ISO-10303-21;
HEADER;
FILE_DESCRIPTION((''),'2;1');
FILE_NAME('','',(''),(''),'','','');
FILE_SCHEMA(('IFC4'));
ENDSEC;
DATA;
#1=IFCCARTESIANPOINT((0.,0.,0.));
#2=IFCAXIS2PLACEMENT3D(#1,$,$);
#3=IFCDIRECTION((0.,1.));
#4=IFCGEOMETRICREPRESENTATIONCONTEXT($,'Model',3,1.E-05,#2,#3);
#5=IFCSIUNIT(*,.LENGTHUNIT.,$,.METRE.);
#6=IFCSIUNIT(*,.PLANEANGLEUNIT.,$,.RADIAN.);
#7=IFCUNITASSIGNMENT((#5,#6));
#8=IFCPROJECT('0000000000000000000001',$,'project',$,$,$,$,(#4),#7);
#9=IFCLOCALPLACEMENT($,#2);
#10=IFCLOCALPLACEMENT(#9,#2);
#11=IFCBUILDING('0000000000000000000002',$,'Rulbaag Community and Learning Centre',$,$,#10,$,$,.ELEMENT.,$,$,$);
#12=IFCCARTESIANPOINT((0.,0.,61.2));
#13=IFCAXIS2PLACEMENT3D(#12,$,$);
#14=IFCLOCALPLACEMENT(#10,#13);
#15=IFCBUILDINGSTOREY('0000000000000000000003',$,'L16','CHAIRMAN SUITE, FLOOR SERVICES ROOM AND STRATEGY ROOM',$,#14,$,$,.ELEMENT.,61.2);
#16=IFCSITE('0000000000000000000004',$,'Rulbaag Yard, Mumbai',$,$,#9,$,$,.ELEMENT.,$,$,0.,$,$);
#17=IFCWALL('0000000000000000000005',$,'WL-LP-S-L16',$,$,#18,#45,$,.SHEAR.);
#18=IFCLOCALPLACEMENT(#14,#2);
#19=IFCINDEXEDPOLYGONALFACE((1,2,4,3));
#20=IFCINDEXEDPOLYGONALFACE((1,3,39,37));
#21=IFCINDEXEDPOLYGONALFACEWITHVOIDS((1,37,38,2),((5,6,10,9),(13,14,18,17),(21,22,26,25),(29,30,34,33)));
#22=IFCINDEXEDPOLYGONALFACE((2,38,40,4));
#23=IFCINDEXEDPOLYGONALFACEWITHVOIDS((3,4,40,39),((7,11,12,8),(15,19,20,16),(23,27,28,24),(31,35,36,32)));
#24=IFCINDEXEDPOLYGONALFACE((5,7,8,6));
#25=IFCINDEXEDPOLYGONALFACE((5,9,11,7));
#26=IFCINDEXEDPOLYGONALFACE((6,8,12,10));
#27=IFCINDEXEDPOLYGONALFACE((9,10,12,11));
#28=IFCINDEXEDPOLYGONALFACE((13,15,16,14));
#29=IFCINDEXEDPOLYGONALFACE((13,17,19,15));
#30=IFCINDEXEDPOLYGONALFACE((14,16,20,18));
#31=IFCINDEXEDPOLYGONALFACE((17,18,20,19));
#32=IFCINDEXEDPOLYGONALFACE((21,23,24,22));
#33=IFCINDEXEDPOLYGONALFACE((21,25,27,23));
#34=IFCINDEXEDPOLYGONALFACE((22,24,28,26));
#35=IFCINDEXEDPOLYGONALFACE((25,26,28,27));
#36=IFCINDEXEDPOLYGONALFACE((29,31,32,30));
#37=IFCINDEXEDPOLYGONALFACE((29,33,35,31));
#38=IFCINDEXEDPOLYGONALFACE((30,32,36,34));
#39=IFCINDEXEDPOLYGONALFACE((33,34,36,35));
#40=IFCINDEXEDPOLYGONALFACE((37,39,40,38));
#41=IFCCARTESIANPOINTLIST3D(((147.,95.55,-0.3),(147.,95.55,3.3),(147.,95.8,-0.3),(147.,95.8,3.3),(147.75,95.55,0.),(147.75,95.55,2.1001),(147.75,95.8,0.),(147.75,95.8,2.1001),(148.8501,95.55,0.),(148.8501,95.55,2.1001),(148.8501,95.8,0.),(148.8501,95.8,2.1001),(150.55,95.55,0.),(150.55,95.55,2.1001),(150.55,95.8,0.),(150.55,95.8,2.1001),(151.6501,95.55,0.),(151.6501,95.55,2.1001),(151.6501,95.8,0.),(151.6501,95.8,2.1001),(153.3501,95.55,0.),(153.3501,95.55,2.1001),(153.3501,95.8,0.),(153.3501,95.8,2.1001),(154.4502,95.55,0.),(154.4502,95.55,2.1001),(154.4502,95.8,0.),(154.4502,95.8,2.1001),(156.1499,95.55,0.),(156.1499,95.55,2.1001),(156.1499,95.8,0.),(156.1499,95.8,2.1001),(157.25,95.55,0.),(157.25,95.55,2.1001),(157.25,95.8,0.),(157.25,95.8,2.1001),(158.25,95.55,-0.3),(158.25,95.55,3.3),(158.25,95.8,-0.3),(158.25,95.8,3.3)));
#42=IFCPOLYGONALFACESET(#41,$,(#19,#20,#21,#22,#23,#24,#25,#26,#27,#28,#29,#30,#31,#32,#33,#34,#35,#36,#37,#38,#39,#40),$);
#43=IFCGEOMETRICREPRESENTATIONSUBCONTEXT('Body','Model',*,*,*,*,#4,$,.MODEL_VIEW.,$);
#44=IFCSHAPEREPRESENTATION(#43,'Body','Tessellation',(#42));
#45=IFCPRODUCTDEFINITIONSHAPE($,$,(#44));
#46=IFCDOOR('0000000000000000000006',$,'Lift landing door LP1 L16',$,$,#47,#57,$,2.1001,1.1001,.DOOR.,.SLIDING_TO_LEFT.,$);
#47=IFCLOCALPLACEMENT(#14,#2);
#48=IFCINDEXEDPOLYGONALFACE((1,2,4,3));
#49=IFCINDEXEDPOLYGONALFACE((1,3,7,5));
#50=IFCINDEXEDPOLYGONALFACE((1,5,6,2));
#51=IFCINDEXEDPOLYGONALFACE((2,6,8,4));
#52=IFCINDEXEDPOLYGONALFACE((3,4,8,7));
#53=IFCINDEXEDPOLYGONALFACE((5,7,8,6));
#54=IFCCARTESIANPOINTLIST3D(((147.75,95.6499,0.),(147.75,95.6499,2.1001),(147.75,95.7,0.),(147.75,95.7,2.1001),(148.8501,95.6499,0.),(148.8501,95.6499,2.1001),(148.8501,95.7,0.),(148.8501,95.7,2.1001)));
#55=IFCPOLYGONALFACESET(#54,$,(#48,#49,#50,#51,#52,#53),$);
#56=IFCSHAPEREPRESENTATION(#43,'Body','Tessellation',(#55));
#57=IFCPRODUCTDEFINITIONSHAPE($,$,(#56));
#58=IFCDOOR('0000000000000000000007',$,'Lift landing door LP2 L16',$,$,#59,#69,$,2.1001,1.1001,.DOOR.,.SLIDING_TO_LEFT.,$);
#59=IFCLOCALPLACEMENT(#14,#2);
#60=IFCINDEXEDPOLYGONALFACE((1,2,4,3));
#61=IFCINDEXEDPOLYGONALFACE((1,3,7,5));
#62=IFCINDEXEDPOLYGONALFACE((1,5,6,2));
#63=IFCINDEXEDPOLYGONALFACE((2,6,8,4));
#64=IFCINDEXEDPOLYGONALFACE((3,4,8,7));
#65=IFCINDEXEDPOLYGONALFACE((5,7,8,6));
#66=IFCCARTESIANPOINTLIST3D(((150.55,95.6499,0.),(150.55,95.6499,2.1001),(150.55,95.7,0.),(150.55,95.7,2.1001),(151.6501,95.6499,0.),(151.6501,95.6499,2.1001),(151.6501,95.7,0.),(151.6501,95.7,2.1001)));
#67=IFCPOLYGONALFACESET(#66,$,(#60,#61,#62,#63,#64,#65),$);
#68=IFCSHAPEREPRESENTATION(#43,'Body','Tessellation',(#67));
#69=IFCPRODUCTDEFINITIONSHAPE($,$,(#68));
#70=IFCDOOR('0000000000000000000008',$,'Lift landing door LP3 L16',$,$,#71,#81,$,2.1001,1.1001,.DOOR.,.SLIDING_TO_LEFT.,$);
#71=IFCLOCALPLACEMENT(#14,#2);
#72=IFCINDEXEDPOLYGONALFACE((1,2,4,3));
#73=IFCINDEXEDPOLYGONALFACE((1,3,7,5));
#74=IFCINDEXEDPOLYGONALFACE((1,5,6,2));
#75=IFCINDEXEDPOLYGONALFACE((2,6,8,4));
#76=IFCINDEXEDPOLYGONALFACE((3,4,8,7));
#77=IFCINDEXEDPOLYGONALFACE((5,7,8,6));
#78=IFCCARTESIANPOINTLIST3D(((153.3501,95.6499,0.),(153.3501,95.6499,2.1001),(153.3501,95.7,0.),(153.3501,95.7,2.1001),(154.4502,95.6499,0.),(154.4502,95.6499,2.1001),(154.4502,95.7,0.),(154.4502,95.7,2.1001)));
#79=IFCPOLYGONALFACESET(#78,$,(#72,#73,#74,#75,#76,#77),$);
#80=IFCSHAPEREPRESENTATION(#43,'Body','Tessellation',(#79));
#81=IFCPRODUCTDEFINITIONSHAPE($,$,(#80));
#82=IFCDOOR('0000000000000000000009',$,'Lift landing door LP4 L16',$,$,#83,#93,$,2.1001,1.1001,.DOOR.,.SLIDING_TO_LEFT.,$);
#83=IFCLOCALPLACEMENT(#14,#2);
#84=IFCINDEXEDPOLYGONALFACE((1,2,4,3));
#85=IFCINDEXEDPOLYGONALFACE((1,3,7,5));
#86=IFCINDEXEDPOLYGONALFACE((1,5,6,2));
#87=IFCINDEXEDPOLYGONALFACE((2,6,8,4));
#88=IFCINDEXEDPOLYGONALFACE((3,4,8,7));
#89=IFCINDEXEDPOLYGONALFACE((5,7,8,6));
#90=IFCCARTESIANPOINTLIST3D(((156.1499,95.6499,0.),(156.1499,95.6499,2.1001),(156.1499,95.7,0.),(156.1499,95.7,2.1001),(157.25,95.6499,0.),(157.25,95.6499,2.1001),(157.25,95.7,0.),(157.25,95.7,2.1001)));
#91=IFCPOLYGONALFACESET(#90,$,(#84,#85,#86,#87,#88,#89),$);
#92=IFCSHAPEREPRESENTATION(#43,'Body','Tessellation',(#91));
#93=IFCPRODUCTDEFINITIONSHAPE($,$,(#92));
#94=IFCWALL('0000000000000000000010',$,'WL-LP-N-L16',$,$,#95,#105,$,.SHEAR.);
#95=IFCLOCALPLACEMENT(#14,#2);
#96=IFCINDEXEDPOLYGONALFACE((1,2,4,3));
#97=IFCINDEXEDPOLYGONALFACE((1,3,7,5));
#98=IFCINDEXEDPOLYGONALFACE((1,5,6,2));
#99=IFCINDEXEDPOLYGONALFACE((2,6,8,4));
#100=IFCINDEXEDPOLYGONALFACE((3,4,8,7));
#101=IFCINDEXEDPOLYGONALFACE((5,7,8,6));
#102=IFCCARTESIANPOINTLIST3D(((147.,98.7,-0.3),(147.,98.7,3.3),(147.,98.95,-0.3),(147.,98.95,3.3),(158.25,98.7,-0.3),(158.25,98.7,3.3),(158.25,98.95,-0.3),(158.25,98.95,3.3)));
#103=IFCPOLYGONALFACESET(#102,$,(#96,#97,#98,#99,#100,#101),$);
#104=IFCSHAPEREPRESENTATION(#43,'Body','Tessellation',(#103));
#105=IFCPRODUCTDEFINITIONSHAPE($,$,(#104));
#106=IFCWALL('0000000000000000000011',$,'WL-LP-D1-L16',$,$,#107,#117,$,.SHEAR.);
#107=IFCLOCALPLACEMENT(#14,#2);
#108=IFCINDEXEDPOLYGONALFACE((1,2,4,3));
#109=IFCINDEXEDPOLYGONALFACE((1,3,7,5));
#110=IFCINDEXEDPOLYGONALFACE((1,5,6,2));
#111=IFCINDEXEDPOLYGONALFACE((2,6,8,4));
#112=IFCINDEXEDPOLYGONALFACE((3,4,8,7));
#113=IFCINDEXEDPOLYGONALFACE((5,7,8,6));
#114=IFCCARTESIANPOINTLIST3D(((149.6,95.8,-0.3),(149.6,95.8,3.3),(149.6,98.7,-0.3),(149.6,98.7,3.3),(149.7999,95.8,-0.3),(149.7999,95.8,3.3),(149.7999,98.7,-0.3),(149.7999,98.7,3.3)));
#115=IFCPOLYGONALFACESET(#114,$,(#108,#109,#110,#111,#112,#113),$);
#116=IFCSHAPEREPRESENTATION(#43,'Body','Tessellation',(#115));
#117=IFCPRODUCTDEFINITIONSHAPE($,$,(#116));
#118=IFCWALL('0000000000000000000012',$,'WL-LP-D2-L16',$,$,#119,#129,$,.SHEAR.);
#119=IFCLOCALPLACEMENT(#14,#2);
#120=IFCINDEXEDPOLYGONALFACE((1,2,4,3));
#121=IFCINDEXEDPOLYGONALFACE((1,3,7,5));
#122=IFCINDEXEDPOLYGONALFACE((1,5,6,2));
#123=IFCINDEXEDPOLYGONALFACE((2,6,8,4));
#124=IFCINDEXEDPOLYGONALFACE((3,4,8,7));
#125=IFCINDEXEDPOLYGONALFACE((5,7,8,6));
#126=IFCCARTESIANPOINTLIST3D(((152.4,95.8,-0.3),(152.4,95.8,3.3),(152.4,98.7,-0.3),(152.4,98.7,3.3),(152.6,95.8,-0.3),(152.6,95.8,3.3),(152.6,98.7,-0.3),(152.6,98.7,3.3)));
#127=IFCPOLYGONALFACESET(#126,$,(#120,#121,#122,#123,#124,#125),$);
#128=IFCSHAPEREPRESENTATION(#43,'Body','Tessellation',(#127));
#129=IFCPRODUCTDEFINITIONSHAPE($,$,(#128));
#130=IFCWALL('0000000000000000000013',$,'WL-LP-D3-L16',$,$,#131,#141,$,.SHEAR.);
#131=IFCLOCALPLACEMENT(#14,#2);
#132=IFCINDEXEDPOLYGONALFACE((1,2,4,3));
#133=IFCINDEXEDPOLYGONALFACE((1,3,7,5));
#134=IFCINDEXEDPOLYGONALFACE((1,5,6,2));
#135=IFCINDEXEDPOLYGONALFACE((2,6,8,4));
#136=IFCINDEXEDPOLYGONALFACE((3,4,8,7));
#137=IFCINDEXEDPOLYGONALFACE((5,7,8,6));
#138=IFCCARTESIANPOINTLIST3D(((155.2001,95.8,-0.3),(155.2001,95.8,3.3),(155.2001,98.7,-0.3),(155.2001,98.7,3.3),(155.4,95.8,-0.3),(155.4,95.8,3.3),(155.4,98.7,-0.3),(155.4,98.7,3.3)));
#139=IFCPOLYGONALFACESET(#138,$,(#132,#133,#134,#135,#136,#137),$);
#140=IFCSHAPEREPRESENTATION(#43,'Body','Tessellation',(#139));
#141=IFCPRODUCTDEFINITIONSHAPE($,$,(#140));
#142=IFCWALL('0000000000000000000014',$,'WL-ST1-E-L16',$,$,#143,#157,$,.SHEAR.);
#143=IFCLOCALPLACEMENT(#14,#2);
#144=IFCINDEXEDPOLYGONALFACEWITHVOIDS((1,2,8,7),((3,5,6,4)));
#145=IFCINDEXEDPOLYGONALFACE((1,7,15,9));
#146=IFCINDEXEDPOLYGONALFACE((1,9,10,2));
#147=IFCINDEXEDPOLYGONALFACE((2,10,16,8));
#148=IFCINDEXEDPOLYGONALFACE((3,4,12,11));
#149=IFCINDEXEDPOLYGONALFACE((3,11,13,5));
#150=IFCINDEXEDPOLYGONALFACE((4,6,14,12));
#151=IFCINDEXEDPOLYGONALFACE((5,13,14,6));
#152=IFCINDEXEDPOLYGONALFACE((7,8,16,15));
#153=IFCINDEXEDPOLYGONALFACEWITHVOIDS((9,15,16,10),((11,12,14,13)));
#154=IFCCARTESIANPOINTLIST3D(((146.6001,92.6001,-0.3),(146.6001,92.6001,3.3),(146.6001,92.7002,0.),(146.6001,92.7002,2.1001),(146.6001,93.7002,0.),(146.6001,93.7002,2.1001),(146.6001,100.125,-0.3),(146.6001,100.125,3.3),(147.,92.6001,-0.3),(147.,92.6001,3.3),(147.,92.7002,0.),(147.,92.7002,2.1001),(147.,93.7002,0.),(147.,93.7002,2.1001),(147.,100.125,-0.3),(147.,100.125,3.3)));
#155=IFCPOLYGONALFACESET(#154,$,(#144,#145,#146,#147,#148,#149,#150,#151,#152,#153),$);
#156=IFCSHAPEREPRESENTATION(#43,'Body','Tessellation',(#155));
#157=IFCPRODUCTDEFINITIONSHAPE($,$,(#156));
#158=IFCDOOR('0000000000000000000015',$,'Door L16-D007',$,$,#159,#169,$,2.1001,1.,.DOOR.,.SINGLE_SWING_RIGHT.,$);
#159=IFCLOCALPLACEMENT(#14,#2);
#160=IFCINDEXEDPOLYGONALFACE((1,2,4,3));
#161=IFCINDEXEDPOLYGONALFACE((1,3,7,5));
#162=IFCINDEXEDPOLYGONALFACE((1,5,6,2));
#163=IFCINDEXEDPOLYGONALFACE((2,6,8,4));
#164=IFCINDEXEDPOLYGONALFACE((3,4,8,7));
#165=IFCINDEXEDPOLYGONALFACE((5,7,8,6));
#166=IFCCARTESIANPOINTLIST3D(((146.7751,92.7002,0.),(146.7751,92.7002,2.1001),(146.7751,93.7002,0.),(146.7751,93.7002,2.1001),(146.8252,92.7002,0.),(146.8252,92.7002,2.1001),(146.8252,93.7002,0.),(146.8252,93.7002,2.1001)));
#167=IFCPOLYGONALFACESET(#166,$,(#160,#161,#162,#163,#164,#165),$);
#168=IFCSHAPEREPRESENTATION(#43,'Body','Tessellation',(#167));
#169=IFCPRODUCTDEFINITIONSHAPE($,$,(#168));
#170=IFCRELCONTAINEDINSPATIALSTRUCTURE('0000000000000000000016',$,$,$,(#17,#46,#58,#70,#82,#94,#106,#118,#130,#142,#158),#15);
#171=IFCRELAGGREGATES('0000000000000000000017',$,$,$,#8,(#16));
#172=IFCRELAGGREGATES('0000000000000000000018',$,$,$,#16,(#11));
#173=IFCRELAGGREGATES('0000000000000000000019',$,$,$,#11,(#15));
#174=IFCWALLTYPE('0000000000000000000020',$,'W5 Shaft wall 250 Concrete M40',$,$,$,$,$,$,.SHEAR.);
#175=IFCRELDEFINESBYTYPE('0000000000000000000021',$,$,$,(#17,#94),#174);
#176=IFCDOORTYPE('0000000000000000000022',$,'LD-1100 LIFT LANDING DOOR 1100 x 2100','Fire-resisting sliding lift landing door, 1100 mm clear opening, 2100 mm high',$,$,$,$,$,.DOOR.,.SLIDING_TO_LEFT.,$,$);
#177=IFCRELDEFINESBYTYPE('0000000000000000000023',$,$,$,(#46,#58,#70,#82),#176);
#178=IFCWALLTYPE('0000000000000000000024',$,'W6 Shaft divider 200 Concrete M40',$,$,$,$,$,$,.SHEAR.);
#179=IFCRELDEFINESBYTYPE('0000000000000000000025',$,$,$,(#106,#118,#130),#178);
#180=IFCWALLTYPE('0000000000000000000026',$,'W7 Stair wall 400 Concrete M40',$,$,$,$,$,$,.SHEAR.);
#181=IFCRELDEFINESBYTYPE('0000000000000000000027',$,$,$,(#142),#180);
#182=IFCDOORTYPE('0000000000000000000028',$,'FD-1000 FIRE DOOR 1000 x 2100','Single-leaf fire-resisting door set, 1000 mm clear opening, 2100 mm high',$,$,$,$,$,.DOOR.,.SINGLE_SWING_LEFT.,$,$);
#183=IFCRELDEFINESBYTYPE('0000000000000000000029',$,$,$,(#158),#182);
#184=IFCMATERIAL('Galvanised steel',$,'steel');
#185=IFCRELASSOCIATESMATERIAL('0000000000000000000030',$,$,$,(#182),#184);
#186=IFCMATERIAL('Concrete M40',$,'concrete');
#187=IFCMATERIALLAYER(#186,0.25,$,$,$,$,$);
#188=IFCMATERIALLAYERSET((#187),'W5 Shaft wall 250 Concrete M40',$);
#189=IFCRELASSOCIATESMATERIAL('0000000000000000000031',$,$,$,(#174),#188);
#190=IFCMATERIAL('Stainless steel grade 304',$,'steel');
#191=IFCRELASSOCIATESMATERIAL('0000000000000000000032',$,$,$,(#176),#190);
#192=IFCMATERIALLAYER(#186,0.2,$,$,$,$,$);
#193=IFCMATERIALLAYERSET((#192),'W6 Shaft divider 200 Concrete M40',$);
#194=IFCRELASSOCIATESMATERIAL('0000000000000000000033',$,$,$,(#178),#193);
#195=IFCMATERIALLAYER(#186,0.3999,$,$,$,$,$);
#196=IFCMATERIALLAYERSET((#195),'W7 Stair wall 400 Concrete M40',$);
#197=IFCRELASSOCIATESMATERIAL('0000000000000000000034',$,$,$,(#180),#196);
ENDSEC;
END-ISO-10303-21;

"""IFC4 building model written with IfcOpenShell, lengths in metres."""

from ifc_helpers import new_model, si_unit, direction, frame, frame_2d, origin, place, context, subcontext, project, spatial, rectangle, extrude, material, layer, layer_set, type_object, element, fill, save


model = new_model("IFC4")

# Units and contexts
model_context = context("Model", 3, precision=1e-05, world=origin(), true_north=direction((0.0, 1.0)))
body_context = subcontext(model_context, "Body", "Model", "MODEL_VIEW")
ifc_project = project(units=[si_unit("LENGTHUNIT", "METRE"), si_unit("PLANEANGLEUNIT", "RADIAN")], contexts=[model_context])

# Site, building, storey
site_placement = place(None, origin())
site = spatial("IfcSite", under=ifc_project, at=site_placement, Name="Rulbaag Yard, Mumbai", CompositionType="ELEMENT", RefElevation=0.0)
building_placement = place(site_placement, origin())
building = spatial("IfcBuilding", under=site, at=building_placement, Name="Rulbaag Community and Learning Centre", CompositionType="ELEMENT")
storey_placement = place(building_placement, frame((0.0, 0.0, 61.2)))
storey = spatial("IfcBuildingStorey", under=building, at=storey_placement, Name="L16", Description="CHAIRMAN SUITE, FLOOR SERVICES ROOM AND STRATEGY ROOM", CompositionType="ELEMENT", Elevation=61.2)

# Shared definitions
ifc_material_1 = material(Name="Concrete M40", Category="concrete")

# Shared definitions
ifc_material_2 = material(Name="Galvanised steel", Category="steel")
door_type_1 = type_object("IfcDoorType", Name="FD-1000 FIRE DOOR 1000 x 2100", Description="Single-leaf fire-resisting door set, 1000 mm clear opening, 2100 mm high", OperationType="SINGLE_SWING_LEFT", PredefinedType="DOOR", material=ifc_material_2)

# Wall, openings, doors
ifc_layer_1 = layer(ifc_material_1, 0.25)
ifc_layer_set_1 = layer_set([ifc_layer_1], Name="W5 Shaft wall 250 Concrete M40")
wall_type_1 = type_object("IfcWallType", Name="W5 Shaft wall 250 Concrete M40", PredefinedType="SHEAR", material=ifc_layer_set_1)
wall_1_placement = place(storey_placement, frame((147.0, 95.675, -0.3), z_axis=(0.0, 0.0, 1.0), x_axis=(1.0, 0.0, 0.0)))
wall_1 = element("IfcWall", 1, at=wall_1_placement, inside=storey, type_object=wall_type_1, Name="WL-LP-S-L16", PredefinedType="SHEAR", context=body_context, shape_type="SweptSolid", body=[
    extrude(rectangle(XDim=11.25, YDim=0.25, at=frame_2d((5.625, 0.0))), origin(), (0.0, 0.0, 1.0), 3.6001),
])
opening_1_placement = place(wall_1_placement, frame((0.75, 0.0, 0.3)))
opening_1 = element("IfcOpeningElement", 2, at=opening_1_placement, cuts=wall_1, PredefinedType="OPENING", context=body_context, shape_type="SweptSolid", body=[
    extrude(rectangle(XDim=1.1001, YDim=2.1001, at=frame_2d((0.55, 1.05))), frame((0.0, 0.135, 0.0), z_axis=(0.0, -1.0, 0.0), x_axis=(1.0, 0.0, 0.0)), (0.0, 0.0, 1.0), 0.27),
])
opening_2_placement = place(wall_1_placement, frame((3.55, 0.0, 0.3)))
opening_2 = element("IfcOpeningElement", 3, at=opening_2_placement, cuts=wall_1, PredefinedType="OPENING", context=body_context, shape_type="SweptSolid", body=[
    extrude(rectangle(XDim=1.1001, YDim=2.1001, at=frame_2d((0.55, 1.05))), frame((0.0, 0.135, 0.0), z_axis=(0.0, -1.0, 0.0), x_axis=(1.0, 0.0, 0.0)), (0.0, 0.0, 1.0), 0.27),
])
opening_3_placement = place(wall_1_placement, frame((6.3501, 0.0, 0.3)))
opening_3 = element("IfcOpeningElement", 4, at=opening_3_placement, cuts=wall_1, PredefinedType="OPENING", context=body_context, shape_type="SweptSolid", body=[
    extrude(rectangle(XDim=1.1001, YDim=2.1001, at=frame_2d((0.55, 1.05))), frame((0.0, 0.135, 0.0), z_axis=(0.0, -1.0, 0.0), x_axis=(1.0, 0.0, 0.0)), (0.0, 0.0, 1.0), 0.27),
])
opening_4_placement = place(wall_1_placement, frame((9.1499, 0.0, 0.3)))
opening_4 = element("IfcOpeningElement", 5, at=opening_4_placement, cuts=wall_1, PredefinedType="OPENING", context=body_context, shape_type="SweptSolid", body=[
    extrude(rectangle(XDim=1.1001, YDim=2.1001, at=frame_2d((0.55, 1.05))), frame((0.0, 0.135, 0.0), z_axis=(0.0, -1.0, 0.0), x_axis=(1.0, 0.0, 0.0)), (0.0, 0.0, 1.0), 0.27),
])
ifc_material_3 = material(Name="Stainless steel grade 304", Category="steel")
door_type_2 = type_object("IfcDoorType", Name="LD-1100 LIFT LANDING DOOR 1100 x 2100", Description="Fire-resisting sliding lift landing door, 1100 mm clear opening, 2100 mm high", OperationType="SLIDING_TO_LEFT", PredefinedType="DOOR", material=ifc_material_3)
door_1_placement = place(opening_1_placement, origin())
door_1 = element("IfcDoor", 6, at=door_1_placement, inside=storey, type_object=door_type_2, Name="Lift landing door LP1 L16", OperationType="SLIDING_TO_LEFT", OverallHeight=2.1001, OverallWidth=1.1001, PredefinedType="DOOR", context=body_context, shape_type="SweptSolid", body=[
    extrude(rectangle(XDim=1.1001, YDim=2.1001, at=frame_2d((0.55, 1.05))), frame((0.0, 0.0249, 0.0), z_axis=(0.0, -1.0, 0.0), x_axis=(1.0, 0.0, 0.0)), (0.0, 0.0, 1.0), 0.05),
])
fill(opening_1, door_1)
door_2_placement = place(opening_2_placement, origin())
door_2 = element("IfcDoor", 7, at=door_2_placement, inside=storey, type_object=door_type_2, Name="Lift landing door LP2 L16", OperationType="SLIDING_TO_LEFT", OverallHeight=2.1001, OverallWidth=1.1001, PredefinedType="DOOR", context=body_context, shape_type="SweptSolid", body=[
    extrude(rectangle(XDim=1.1001, YDim=2.1001, at=frame_2d((0.55, 1.05))), frame((0.0, 0.0249, 0.0), z_axis=(0.0, -1.0, 0.0), x_axis=(1.0, 0.0, 0.0)), (0.0, 0.0, 1.0), 0.05),
])
fill(opening_2, door_2)
door_3_placement = place(opening_3_placement, origin())
door_3 = element("IfcDoor", 8, at=door_3_placement, inside=storey, type_object=door_type_2, Name="Lift landing door LP3 L16", OperationType="SLIDING_TO_LEFT", OverallHeight=2.1001, OverallWidth=1.1001, PredefinedType="DOOR", context=body_context, shape_type="SweptSolid", body=[
    extrude(rectangle(XDim=1.1001, YDim=2.1001, at=frame_2d((0.55, 1.05))), frame((0.0, 0.0249, 0.0), z_axis=(0.0, -1.0, 0.0), x_axis=(1.0, 0.0, 0.0)), (0.0, 0.0, 1.0), 0.05),
])
fill(opening_3, door_3)
door_4_placement = place(opening_4_placement, origin())
door_4 = element("IfcDoor", 9, at=door_4_placement, inside=storey, type_object=door_type_2, Name="Lift landing door LP4 L16", OperationType="SLIDING_TO_LEFT", OverallHeight=2.1001, OverallWidth=1.1001, PredefinedType="DOOR", context=body_context, shape_type="SweptSolid", body=[
    extrude(rectangle(XDim=1.1001, YDim=2.1001, at=frame_2d((0.55, 1.05))), frame((0.0, 0.0249, 0.0), z_axis=(0.0, -1.0, 0.0), x_axis=(1.0, 0.0, 0.0)), (0.0, 0.0, 1.0), 0.05),
])
fill(opening_4, door_4)

# Walls
wall_2_placement = place(storey_placement, frame((147.0, 98.825, -0.3), z_axis=(0.0, 0.0, 1.0), x_axis=(1.0, 0.0, 0.0)))
element("IfcWall", 10, at=wall_2_placement, inside=storey, type_object=wall_type_1, Name="WL-LP-N-L16", PredefinedType="SHEAR", context=body_context, shape_type="SweptSolid", body=[
    extrude(rectangle(XDim=11.25, YDim=0.25, at=frame_2d((5.625, 0.0))), origin(), (0.0, 0.0, 1.0), 3.6001),
])
ifc_layer_2 = layer(ifc_material_1, 0.2)
ifc_layer_set_2 = layer_set([ifc_layer_2], Name="W6 Shaft divider 200 Concrete M40")
wall_type_2 = type_object("IfcWallType", Name="W6 Shaft divider 200 Concrete M40", PredefinedType="SHEAR", material=ifc_layer_set_2)
for number, where, z_axis, x_axis, name in (
    (11, (149.7, 95.8, -0.3), (0.0, 0.0, 1.0), (0.0, 1.0, 0.0), "WL-LP-D1-L16"),
    (12, (152.5, 95.8, -0.3), (0.0, 0.0, 1.0), (0.0, 1.0, 0.0), "WL-LP-D2-L16"),
    (13, (155.3, 95.8, -0.3), (0.0, 0.0, 1.0), (0.0, 1.0, 0.0), "WL-LP-D3-L16"),
):
    element("IfcWall", number, at=place(storey_placement, frame(where, z_axis=z_axis, x_axis=x_axis)), inside=storey, type_object=wall_type_2, Name=name, PredefinedType="SHEAR", context=body_context, shape_type="SweptSolid", body=[
        extrude(rectangle(XDim=2.8999, YDim=0.2, at=frame_2d((1.45, 0.0))), origin(), (0.0, 0.0, 1.0), 3.6001),
    ])

# Wall, opening, door
ifc_layer_3 = layer(ifc_material_1, 0.3999)
ifc_layer_set_3 = layer_set([ifc_layer_3], Name="W7 Stair wall 400 Concrete M40")
wall_type_3 = type_object("IfcWallType", Name="W7 Stair wall 400 Concrete M40", PredefinedType="SHEAR", material=ifc_layer_set_3)
wall_3_placement = place(storey_placement, frame((146.8, 92.6001, -0.3), z_axis=(0.0, 0.0, 1.0), x_axis=(0.0, 1.0, 0.0)))
wall_3 = element("IfcWall", 14, at=wall_3_placement, inside=storey, type_object=wall_type_3, Name="WL-ST1-E-L16", PredefinedType="SHEAR", context=body_context, shape_type="SweptSolid", body=[
    extrude(rectangle(XDim=7.5249, YDim=0.3999, at=frame_2d((3.7625, 0.0))), origin(), (0.0, 0.0, 1.0), 3.6001),
])
opening_5_placement = place(wall_3_placement, frame((0.1001, 0.0, 0.3)))
opening_5 = element("IfcOpeningElement", 15, at=opening_5_placement, cuts=wall_3, PredefinedType="OPENING", context=body_context, shape_type="SweptSolid", body=[
    extrude(rectangle(XDim=1.0, YDim=2.1001, at=frame_2d((0.5, 1.05))), frame((0.0, 0.21, 0.0), z_axis=(0.0, -1.0, 0.0), x_axis=(1.0, 0.0, 0.0)), (0.0, 0.0, 1.0), 0.4199),
])
door_5_placement = place(opening_5_placement, origin())
door_5 = element("IfcDoor", 16, at=door_5_placement, inside=storey, type_object=door_type_1, Name="Door L16-D007", OperationType="SINGLE_SWING_RIGHT", OverallHeight=2.1001, OverallWidth=1.0, PredefinedType="DOOR", context=body_context, shape_type="SweptSolid", body=[
    extrude(rectangle(XDim=1.0, YDim=2.1001, at=frame_2d((0.5, 1.05))), frame((0.0, 0.0249, 0.0), z_axis=(0.0, -1.0, 0.0), x_axis=(1.0, 0.0, 0.0)), (0.0, 0.0, 1.0), 0.05),
])
fill(opening_5, door_5)

save(model, "model.ifc")
